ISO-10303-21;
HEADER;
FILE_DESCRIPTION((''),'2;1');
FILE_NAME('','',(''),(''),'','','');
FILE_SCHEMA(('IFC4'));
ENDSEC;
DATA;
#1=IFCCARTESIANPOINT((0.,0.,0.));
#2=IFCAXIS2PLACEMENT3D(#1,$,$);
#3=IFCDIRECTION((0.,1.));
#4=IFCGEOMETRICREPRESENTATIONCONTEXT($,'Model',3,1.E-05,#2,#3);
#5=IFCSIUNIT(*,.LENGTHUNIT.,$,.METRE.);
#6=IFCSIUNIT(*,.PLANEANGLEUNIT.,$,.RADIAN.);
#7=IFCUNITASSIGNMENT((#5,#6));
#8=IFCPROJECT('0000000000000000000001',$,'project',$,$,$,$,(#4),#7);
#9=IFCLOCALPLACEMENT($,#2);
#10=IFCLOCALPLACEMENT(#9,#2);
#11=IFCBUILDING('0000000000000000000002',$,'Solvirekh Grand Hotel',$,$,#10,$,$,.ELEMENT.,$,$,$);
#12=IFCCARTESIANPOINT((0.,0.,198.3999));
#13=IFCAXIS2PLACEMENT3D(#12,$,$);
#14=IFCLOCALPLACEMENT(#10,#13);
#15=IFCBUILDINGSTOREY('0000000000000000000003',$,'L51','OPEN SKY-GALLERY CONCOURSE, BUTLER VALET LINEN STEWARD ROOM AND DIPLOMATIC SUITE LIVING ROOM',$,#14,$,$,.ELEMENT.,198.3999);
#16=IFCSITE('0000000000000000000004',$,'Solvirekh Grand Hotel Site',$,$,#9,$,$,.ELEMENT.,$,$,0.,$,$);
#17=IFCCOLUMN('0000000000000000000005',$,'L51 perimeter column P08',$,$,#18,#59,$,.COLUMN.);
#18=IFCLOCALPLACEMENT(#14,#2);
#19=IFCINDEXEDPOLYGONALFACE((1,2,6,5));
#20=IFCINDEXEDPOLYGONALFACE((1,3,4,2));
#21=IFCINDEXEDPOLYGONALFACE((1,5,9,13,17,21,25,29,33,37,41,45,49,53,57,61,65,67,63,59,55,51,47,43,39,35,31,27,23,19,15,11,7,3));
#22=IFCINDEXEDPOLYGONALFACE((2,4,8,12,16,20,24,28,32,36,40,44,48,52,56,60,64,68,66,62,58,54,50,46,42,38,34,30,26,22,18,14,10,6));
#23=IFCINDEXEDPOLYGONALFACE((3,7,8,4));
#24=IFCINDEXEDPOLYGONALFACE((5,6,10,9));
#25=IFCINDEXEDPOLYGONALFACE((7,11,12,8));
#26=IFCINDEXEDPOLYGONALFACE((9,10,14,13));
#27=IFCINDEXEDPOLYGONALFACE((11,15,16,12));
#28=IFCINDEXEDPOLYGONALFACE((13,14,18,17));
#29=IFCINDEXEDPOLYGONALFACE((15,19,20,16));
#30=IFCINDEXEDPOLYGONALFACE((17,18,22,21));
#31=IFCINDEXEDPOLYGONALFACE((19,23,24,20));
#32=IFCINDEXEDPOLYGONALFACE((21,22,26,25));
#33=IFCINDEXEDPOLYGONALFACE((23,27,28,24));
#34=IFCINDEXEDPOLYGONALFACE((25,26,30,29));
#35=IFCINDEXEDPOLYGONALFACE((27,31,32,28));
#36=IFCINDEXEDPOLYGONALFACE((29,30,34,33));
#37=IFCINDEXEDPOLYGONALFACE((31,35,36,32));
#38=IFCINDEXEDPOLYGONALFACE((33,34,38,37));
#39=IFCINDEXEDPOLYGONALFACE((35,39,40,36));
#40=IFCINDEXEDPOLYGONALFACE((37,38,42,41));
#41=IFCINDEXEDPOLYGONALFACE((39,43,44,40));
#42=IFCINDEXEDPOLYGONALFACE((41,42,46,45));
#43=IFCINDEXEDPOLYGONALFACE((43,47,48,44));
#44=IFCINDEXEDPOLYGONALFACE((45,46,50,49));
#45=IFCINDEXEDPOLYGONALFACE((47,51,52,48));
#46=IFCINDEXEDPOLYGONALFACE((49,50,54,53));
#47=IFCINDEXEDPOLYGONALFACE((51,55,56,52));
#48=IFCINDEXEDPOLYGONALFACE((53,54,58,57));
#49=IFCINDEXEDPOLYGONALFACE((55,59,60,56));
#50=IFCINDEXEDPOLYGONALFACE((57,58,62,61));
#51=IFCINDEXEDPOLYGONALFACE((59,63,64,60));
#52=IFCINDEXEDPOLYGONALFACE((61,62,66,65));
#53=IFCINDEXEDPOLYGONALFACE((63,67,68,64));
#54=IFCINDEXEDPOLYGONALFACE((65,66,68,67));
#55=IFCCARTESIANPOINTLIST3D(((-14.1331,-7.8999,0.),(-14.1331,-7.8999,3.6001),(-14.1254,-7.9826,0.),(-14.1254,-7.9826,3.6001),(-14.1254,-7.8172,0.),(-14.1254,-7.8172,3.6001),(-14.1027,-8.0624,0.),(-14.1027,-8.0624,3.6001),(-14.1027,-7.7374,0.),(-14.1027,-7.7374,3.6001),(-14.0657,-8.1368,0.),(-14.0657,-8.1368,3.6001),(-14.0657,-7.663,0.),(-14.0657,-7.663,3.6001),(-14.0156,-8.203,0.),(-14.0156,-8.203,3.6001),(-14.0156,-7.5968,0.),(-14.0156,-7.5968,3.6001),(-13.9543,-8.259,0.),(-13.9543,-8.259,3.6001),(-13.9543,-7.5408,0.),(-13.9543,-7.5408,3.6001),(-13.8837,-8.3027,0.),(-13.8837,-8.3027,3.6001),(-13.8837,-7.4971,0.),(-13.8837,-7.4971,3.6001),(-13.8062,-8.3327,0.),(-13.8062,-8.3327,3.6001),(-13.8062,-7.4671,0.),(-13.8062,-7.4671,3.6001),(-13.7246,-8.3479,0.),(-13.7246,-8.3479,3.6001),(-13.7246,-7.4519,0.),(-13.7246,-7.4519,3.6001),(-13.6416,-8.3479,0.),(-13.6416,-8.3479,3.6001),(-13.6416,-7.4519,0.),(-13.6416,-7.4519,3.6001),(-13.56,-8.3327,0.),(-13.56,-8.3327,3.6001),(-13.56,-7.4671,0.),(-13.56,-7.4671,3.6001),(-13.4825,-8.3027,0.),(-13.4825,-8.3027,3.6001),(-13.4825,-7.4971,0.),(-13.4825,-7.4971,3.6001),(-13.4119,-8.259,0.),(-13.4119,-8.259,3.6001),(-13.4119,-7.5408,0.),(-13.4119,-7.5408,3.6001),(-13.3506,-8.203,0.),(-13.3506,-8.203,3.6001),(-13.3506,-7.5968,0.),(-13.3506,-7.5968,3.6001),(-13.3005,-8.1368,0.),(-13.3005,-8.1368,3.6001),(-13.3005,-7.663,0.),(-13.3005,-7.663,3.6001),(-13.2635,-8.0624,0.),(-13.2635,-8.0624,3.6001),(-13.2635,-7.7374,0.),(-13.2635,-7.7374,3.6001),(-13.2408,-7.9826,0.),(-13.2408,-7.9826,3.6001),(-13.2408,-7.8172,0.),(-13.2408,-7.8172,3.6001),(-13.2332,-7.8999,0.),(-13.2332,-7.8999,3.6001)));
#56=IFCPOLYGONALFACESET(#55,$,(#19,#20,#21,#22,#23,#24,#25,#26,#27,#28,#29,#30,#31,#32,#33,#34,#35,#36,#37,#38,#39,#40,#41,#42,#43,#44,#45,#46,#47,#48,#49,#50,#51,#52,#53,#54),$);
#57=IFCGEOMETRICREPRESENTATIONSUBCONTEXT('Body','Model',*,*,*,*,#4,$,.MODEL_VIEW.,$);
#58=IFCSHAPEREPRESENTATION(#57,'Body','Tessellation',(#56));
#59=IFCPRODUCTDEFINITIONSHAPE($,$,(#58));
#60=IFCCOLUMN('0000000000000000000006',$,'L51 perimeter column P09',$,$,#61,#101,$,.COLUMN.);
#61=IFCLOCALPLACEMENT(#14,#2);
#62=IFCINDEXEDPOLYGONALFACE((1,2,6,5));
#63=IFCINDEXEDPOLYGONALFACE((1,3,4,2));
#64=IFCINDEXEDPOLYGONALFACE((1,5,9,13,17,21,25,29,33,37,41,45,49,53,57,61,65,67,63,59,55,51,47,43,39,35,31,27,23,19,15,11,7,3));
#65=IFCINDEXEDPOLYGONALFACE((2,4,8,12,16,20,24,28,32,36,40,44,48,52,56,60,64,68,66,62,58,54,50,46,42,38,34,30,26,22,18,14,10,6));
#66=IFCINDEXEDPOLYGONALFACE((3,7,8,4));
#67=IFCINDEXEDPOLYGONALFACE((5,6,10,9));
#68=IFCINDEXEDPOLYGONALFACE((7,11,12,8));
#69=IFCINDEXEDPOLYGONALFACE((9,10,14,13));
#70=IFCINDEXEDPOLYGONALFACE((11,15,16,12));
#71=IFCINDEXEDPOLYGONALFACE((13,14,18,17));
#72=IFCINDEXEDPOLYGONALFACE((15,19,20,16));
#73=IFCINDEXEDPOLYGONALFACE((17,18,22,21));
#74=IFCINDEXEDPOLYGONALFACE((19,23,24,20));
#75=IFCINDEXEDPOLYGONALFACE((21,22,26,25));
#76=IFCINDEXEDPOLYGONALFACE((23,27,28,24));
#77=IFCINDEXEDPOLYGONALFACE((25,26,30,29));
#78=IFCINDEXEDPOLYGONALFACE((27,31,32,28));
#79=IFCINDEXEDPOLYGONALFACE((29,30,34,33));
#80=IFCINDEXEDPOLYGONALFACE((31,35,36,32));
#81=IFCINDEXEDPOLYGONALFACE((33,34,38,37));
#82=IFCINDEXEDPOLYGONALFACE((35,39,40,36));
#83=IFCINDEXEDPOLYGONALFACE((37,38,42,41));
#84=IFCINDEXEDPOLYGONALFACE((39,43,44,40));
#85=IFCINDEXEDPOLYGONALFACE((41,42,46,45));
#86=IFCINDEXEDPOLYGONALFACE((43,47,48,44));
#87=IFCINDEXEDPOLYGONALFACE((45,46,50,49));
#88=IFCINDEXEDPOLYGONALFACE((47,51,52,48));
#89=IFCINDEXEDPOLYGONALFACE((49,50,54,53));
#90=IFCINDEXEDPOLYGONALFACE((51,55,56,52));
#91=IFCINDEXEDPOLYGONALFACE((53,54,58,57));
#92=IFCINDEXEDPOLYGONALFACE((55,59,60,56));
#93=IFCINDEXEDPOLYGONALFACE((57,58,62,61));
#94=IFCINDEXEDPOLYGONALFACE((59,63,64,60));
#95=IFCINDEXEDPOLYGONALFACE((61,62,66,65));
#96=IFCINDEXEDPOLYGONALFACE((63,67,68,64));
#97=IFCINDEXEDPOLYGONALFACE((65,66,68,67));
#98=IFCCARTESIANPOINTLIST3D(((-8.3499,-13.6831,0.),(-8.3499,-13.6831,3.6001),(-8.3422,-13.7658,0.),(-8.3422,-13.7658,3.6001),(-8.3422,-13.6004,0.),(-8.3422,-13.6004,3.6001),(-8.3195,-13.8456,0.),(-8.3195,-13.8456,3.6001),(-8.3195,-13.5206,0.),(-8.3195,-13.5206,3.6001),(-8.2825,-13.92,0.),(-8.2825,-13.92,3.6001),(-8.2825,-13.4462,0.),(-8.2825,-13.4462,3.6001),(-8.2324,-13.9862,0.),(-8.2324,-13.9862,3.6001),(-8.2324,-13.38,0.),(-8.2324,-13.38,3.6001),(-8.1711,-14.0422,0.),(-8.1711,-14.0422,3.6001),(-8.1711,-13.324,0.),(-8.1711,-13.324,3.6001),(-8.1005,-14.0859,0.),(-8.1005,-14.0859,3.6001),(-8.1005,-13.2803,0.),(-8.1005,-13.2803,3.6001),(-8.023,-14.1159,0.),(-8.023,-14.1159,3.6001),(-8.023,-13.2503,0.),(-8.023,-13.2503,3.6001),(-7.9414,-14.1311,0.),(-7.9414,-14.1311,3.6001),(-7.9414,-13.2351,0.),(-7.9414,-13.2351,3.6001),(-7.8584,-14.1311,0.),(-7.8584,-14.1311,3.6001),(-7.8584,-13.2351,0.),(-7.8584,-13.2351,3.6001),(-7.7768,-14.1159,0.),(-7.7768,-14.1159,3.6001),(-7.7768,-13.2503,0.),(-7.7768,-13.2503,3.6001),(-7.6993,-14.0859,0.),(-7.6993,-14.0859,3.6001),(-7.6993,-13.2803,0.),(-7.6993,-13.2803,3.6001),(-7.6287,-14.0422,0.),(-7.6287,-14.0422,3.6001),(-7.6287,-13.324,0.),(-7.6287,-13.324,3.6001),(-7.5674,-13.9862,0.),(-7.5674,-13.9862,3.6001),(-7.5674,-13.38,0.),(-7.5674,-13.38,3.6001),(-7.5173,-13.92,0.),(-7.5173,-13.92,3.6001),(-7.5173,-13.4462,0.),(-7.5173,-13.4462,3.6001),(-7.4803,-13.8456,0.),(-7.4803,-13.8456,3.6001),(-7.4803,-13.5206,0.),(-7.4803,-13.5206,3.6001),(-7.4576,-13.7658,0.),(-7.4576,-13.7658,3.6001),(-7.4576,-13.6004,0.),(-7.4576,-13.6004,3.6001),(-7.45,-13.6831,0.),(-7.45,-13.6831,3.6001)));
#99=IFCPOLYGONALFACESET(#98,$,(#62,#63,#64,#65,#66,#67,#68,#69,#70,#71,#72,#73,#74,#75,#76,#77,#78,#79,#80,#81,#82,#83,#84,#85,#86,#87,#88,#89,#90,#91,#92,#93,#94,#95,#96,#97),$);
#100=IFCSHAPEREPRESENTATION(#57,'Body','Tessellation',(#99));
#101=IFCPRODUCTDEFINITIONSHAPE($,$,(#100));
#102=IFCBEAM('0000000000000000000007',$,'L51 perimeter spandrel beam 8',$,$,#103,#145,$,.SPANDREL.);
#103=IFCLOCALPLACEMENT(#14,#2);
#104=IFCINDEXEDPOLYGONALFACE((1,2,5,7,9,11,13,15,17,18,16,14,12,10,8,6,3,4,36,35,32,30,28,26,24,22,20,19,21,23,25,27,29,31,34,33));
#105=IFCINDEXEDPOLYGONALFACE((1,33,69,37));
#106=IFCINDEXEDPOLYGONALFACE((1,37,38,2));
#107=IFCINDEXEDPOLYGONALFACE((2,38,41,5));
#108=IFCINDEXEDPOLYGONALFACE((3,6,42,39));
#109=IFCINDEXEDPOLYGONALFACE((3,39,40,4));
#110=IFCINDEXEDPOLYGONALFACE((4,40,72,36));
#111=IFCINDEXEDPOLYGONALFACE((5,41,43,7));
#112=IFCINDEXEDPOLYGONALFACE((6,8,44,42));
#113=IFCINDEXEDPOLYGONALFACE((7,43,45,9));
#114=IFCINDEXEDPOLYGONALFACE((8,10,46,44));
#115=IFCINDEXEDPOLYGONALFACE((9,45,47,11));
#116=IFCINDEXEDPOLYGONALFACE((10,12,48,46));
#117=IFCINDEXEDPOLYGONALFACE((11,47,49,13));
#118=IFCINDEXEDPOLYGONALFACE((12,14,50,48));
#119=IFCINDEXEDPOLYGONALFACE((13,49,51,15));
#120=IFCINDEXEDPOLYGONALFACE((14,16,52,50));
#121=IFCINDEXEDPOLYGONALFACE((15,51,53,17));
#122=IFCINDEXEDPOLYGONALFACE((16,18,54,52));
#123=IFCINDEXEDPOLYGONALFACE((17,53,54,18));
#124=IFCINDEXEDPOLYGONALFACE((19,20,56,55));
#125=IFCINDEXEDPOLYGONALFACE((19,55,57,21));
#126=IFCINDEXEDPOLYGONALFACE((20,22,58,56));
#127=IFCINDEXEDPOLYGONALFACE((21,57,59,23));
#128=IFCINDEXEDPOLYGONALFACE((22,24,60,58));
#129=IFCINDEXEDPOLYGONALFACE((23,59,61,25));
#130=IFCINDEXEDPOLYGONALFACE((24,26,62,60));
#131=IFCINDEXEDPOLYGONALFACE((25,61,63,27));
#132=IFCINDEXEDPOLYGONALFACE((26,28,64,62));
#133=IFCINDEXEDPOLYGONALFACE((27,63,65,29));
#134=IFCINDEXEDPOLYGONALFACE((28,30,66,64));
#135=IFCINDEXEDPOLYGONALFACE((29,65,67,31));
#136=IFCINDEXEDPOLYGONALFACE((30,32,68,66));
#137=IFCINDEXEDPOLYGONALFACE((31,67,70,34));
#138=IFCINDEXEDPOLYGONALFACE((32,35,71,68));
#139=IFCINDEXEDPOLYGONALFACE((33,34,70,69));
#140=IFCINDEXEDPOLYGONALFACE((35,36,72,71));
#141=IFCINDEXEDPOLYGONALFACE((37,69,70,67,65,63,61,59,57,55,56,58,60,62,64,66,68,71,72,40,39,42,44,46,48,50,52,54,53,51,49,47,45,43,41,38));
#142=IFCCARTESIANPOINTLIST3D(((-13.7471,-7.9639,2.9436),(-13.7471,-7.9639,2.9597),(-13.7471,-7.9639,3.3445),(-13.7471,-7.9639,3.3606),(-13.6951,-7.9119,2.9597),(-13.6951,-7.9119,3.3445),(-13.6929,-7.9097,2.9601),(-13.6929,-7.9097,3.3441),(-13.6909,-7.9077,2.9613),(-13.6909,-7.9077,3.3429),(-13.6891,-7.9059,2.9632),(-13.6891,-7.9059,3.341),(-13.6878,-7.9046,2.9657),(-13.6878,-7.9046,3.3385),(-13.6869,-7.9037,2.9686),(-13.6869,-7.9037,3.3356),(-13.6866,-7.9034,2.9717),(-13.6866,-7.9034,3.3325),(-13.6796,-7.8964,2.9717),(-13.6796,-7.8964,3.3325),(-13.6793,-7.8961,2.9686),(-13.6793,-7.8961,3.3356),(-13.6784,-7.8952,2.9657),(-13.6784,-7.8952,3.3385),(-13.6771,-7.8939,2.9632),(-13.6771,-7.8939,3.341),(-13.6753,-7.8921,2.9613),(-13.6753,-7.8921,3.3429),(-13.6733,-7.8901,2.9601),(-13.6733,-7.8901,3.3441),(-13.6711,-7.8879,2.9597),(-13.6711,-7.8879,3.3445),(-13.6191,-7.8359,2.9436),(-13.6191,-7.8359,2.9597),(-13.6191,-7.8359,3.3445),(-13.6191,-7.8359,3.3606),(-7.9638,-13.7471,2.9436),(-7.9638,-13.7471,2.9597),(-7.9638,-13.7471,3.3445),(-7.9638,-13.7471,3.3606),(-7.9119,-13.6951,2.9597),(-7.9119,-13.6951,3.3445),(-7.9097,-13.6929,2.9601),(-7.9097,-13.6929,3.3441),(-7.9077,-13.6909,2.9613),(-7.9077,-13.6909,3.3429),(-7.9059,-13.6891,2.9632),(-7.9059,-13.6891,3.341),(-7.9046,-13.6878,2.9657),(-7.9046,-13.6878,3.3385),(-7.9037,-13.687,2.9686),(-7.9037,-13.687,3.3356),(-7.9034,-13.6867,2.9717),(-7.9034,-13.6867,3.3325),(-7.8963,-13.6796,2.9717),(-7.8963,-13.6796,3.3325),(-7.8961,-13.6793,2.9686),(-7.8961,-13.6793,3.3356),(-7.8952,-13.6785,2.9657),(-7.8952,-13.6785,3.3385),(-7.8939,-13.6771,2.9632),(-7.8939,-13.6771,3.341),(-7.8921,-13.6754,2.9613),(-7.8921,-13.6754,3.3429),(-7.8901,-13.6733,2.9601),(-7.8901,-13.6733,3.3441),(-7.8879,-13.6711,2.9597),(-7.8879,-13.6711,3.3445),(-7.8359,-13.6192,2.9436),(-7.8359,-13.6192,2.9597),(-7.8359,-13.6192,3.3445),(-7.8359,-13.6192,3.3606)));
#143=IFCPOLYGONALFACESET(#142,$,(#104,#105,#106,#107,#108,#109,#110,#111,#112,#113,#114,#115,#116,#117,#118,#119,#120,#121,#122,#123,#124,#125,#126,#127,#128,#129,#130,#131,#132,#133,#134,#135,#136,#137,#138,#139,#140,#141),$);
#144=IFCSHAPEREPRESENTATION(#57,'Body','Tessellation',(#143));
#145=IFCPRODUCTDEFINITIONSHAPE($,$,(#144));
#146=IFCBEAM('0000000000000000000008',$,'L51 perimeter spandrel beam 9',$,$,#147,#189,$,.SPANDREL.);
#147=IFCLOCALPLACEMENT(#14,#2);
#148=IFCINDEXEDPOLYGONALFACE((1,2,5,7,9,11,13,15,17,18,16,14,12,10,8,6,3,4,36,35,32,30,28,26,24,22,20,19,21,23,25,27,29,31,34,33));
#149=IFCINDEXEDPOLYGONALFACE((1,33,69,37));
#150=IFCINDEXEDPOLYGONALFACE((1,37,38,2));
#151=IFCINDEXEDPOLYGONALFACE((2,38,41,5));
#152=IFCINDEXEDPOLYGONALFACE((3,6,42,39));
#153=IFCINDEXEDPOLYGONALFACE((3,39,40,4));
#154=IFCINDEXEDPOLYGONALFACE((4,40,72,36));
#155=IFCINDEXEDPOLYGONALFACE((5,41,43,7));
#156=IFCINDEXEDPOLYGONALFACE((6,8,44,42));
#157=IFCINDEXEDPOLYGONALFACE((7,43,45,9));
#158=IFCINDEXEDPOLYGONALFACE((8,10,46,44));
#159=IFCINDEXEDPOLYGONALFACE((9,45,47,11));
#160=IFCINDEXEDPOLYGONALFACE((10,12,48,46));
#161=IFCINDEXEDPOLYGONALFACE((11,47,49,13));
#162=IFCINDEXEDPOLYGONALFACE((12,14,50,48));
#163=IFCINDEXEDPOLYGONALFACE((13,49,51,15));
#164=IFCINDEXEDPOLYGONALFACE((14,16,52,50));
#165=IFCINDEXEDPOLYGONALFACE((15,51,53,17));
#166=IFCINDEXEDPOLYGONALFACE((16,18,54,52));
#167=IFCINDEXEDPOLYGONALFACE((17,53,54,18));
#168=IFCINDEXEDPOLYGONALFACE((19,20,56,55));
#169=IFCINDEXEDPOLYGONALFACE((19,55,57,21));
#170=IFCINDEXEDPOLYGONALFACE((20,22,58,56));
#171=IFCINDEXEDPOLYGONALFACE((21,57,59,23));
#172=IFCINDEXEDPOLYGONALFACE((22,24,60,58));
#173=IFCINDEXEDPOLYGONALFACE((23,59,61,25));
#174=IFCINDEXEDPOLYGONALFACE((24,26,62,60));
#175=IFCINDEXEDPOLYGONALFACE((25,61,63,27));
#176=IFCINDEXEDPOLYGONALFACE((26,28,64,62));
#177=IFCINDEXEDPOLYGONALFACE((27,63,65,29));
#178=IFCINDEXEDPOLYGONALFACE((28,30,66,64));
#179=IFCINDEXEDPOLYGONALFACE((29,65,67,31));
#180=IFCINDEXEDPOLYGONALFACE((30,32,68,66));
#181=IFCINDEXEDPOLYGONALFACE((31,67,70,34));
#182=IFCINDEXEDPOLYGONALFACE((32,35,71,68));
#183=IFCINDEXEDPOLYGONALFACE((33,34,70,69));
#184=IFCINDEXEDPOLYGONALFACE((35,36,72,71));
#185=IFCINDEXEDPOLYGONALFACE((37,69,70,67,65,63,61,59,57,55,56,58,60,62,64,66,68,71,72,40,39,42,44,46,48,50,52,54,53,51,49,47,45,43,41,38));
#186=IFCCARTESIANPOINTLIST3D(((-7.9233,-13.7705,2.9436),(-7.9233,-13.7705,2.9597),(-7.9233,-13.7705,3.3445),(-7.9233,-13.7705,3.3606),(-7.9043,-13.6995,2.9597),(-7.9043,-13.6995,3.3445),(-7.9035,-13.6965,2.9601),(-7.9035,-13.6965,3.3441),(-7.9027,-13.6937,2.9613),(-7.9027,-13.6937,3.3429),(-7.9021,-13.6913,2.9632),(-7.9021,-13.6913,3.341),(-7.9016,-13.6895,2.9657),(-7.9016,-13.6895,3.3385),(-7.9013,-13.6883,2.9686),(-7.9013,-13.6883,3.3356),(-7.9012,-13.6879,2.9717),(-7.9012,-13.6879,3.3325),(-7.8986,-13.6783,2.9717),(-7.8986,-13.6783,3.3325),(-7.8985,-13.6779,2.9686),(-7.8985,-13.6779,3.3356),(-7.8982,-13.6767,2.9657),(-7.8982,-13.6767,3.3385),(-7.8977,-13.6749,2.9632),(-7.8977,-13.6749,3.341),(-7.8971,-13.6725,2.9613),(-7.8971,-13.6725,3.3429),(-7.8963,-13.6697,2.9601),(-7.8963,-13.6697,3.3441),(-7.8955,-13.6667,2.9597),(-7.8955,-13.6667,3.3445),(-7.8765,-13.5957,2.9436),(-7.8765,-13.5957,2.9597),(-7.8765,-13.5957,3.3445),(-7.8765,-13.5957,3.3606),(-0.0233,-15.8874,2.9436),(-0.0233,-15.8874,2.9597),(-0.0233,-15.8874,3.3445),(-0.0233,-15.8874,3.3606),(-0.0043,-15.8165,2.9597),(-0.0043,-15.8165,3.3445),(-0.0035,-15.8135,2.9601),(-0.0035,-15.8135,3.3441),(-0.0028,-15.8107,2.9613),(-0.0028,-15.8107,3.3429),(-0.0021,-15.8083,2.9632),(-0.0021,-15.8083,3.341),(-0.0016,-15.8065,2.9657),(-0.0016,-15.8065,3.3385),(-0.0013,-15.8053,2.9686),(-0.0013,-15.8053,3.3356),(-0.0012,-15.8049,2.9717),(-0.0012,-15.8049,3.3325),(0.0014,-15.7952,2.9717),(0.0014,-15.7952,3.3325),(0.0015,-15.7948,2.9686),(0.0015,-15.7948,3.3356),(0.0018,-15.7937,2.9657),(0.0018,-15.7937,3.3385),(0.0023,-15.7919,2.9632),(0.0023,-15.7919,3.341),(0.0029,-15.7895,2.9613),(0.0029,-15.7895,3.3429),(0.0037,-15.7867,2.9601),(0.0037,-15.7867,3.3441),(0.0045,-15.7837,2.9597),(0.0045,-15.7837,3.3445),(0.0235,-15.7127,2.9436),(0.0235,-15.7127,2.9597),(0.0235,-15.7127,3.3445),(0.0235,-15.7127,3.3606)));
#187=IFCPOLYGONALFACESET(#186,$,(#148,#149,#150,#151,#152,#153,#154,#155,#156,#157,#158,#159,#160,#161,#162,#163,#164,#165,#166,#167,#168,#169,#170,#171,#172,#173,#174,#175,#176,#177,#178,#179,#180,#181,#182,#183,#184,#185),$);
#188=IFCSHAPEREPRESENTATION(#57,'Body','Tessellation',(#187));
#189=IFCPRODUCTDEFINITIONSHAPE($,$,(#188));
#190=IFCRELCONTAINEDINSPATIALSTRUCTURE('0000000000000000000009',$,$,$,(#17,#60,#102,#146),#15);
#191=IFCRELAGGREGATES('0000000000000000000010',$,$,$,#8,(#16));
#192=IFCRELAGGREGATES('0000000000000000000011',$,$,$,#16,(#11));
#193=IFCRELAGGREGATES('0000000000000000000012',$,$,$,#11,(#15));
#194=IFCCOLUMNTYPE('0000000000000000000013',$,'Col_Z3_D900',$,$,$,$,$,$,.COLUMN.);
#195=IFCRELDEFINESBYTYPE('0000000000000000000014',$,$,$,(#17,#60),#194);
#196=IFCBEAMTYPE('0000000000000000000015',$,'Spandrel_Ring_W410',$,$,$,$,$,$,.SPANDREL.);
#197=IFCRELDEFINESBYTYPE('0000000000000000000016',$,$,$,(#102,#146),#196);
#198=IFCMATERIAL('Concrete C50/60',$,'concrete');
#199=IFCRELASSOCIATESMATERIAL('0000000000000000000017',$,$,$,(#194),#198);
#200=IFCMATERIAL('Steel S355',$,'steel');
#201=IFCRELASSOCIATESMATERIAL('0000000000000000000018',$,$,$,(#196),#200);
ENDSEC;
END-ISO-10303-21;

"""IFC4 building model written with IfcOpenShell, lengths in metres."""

from ifc_helpers import new_model, si_unit, direction, frame, origin, origin_2d, place, context, subcontext, project, spatial, circle, i_section, extrude, material, material_profile, profile_set, type_object, element, save


model = new_model("IFC4")

# Units and contexts
model_context = context("Model", 3, precision=1e-05, world=origin(), true_north=direction((0.0, 1.0)))
body_context = subcontext(model_context, "Body", "Model", "MODEL_VIEW")
ifc_project = project(units=[si_unit("LENGTHUNIT", "METRE"), si_unit("PLANEANGLEUNIT", "RADIAN")], contexts=[model_context])

# Site, building, storey
site_placement = place(None, origin())
site = spatial("IfcSite", under=ifc_project, at=site_placement, Name="Solvirekh Grand Hotel Site", CompositionType="ELEMENT", RefElevation=0.0)
building_placement = place(site_placement, origin())
building = spatial("IfcBuilding", under=site, at=building_placement, Name="Solvirekh Grand Hotel", CompositionType="ELEMENT")
storey_placement = place(building_placement, frame((0.0, 0.0, 198.3999)))
storey = spatial("IfcBuildingStorey", under=building, at=storey_placement, Name="L51", Description="OPEN SKY-GALLERY CONCOURSE, BUTLER VALET LINEN STEWARD ROOM AND DIPLOMATIC SUITE LIVING ROOM", CompositionType="ELEMENT", Elevation=198.3999)

# Columns
ifc_material_1 = material(Name="Concrete C50/60", Category="concrete")
ifc_material_profile_1 = material_profile(ifc_material_1, circle(Radius=0.45, at=origin_2d()), Name="RC CIRC D900")
ifc_profile_set_1 = profile_set([ifc_material_profile_1], Name="Concrete C50/60")
column_type = type_object("IfcColumnType", Name="Col_Z3_D900", PredefinedType="COLUMN", material=ifc_profile_set_1)
for number, where, z_axis, x_axis, name in (
    (1, (-13.6831, -7.8999, 0.0), (0.0, 0.0, 1.0), (1.0, 0.0, 0.0), "L51 perimeter column P08"),
    (2, (-7.8999, -13.6831, 0.0), (0.0, 0.0, 1.0), (1.0, 0.0, 0.0), "L51 perimeter column P09"),
):
    element("IfcColumn", number, at=place(storey_placement, frame(where, z_axis=z_axis, x_axis=x_axis)), inside=storey, type_object=column_type, Name=name, PredefinedType="COLUMN", context=body_context, shape_type="SweptSolid", body=[
        extrude(circle(Radius=0.45, at=origin_2d()), origin(), (0.0, 0.0, 1.0), 3.6001),
    ])

# Beams
ifc_material_2 = material(Name="Steel S355", Category="steel")
ifc_material_profile_2 = material_profile(ifc_material_2, i_section(OverallWidth=0.1809, OverallDepth=0.417, WebThickness=0.01, FlangeThickness=0.0161, FilletRadius=0.012, at=origin_2d()), Name="W410X85")
ifc_profile_set_2 = profile_set([ifc_material_profile_2], Name="Steel S355")
beam_type = type_object("IfcBeamType", Name="Spandrel_Ring_W410", PredefinedType="SPANDREL", material=ifc_profile_set_2)
for number, where, z_axis, x_axis, name in (
    (3, (-13.6831, -7.8999, 3.1521), (0.707107, -0.707107, 0.0), (0.707107, 0.707107, 0.0), "L51 perimeter spandrel beam 8"),
    (4, (-7.8999, -13.6831, 3.1521), (0.965921, -0.258839, 0.0), (0.258839, 0.965921, 0.0), "L51 perimeter spandrel beam 9"),
):
    element("IfcBeam", number, at=place(storey_placement, frame(where, z_axis=z_axis, x_axis=x_axis)), inside=storey, type_object=beam_type, Name=name, PredefinedType="SPANDREL", context=body_context, shape_type="SweptSolid", body=[
        extrude(i_section(OverallWidth=0.1809, OverallDepth=0.417, WebThickness=0.01, FlangeThickness=0.0161, FilletRadius=0.012, at=origin_2d()), origin(), (0.0, 0.0, 1.0), 8.1787),
    ])

save(model, "model.ifc")
